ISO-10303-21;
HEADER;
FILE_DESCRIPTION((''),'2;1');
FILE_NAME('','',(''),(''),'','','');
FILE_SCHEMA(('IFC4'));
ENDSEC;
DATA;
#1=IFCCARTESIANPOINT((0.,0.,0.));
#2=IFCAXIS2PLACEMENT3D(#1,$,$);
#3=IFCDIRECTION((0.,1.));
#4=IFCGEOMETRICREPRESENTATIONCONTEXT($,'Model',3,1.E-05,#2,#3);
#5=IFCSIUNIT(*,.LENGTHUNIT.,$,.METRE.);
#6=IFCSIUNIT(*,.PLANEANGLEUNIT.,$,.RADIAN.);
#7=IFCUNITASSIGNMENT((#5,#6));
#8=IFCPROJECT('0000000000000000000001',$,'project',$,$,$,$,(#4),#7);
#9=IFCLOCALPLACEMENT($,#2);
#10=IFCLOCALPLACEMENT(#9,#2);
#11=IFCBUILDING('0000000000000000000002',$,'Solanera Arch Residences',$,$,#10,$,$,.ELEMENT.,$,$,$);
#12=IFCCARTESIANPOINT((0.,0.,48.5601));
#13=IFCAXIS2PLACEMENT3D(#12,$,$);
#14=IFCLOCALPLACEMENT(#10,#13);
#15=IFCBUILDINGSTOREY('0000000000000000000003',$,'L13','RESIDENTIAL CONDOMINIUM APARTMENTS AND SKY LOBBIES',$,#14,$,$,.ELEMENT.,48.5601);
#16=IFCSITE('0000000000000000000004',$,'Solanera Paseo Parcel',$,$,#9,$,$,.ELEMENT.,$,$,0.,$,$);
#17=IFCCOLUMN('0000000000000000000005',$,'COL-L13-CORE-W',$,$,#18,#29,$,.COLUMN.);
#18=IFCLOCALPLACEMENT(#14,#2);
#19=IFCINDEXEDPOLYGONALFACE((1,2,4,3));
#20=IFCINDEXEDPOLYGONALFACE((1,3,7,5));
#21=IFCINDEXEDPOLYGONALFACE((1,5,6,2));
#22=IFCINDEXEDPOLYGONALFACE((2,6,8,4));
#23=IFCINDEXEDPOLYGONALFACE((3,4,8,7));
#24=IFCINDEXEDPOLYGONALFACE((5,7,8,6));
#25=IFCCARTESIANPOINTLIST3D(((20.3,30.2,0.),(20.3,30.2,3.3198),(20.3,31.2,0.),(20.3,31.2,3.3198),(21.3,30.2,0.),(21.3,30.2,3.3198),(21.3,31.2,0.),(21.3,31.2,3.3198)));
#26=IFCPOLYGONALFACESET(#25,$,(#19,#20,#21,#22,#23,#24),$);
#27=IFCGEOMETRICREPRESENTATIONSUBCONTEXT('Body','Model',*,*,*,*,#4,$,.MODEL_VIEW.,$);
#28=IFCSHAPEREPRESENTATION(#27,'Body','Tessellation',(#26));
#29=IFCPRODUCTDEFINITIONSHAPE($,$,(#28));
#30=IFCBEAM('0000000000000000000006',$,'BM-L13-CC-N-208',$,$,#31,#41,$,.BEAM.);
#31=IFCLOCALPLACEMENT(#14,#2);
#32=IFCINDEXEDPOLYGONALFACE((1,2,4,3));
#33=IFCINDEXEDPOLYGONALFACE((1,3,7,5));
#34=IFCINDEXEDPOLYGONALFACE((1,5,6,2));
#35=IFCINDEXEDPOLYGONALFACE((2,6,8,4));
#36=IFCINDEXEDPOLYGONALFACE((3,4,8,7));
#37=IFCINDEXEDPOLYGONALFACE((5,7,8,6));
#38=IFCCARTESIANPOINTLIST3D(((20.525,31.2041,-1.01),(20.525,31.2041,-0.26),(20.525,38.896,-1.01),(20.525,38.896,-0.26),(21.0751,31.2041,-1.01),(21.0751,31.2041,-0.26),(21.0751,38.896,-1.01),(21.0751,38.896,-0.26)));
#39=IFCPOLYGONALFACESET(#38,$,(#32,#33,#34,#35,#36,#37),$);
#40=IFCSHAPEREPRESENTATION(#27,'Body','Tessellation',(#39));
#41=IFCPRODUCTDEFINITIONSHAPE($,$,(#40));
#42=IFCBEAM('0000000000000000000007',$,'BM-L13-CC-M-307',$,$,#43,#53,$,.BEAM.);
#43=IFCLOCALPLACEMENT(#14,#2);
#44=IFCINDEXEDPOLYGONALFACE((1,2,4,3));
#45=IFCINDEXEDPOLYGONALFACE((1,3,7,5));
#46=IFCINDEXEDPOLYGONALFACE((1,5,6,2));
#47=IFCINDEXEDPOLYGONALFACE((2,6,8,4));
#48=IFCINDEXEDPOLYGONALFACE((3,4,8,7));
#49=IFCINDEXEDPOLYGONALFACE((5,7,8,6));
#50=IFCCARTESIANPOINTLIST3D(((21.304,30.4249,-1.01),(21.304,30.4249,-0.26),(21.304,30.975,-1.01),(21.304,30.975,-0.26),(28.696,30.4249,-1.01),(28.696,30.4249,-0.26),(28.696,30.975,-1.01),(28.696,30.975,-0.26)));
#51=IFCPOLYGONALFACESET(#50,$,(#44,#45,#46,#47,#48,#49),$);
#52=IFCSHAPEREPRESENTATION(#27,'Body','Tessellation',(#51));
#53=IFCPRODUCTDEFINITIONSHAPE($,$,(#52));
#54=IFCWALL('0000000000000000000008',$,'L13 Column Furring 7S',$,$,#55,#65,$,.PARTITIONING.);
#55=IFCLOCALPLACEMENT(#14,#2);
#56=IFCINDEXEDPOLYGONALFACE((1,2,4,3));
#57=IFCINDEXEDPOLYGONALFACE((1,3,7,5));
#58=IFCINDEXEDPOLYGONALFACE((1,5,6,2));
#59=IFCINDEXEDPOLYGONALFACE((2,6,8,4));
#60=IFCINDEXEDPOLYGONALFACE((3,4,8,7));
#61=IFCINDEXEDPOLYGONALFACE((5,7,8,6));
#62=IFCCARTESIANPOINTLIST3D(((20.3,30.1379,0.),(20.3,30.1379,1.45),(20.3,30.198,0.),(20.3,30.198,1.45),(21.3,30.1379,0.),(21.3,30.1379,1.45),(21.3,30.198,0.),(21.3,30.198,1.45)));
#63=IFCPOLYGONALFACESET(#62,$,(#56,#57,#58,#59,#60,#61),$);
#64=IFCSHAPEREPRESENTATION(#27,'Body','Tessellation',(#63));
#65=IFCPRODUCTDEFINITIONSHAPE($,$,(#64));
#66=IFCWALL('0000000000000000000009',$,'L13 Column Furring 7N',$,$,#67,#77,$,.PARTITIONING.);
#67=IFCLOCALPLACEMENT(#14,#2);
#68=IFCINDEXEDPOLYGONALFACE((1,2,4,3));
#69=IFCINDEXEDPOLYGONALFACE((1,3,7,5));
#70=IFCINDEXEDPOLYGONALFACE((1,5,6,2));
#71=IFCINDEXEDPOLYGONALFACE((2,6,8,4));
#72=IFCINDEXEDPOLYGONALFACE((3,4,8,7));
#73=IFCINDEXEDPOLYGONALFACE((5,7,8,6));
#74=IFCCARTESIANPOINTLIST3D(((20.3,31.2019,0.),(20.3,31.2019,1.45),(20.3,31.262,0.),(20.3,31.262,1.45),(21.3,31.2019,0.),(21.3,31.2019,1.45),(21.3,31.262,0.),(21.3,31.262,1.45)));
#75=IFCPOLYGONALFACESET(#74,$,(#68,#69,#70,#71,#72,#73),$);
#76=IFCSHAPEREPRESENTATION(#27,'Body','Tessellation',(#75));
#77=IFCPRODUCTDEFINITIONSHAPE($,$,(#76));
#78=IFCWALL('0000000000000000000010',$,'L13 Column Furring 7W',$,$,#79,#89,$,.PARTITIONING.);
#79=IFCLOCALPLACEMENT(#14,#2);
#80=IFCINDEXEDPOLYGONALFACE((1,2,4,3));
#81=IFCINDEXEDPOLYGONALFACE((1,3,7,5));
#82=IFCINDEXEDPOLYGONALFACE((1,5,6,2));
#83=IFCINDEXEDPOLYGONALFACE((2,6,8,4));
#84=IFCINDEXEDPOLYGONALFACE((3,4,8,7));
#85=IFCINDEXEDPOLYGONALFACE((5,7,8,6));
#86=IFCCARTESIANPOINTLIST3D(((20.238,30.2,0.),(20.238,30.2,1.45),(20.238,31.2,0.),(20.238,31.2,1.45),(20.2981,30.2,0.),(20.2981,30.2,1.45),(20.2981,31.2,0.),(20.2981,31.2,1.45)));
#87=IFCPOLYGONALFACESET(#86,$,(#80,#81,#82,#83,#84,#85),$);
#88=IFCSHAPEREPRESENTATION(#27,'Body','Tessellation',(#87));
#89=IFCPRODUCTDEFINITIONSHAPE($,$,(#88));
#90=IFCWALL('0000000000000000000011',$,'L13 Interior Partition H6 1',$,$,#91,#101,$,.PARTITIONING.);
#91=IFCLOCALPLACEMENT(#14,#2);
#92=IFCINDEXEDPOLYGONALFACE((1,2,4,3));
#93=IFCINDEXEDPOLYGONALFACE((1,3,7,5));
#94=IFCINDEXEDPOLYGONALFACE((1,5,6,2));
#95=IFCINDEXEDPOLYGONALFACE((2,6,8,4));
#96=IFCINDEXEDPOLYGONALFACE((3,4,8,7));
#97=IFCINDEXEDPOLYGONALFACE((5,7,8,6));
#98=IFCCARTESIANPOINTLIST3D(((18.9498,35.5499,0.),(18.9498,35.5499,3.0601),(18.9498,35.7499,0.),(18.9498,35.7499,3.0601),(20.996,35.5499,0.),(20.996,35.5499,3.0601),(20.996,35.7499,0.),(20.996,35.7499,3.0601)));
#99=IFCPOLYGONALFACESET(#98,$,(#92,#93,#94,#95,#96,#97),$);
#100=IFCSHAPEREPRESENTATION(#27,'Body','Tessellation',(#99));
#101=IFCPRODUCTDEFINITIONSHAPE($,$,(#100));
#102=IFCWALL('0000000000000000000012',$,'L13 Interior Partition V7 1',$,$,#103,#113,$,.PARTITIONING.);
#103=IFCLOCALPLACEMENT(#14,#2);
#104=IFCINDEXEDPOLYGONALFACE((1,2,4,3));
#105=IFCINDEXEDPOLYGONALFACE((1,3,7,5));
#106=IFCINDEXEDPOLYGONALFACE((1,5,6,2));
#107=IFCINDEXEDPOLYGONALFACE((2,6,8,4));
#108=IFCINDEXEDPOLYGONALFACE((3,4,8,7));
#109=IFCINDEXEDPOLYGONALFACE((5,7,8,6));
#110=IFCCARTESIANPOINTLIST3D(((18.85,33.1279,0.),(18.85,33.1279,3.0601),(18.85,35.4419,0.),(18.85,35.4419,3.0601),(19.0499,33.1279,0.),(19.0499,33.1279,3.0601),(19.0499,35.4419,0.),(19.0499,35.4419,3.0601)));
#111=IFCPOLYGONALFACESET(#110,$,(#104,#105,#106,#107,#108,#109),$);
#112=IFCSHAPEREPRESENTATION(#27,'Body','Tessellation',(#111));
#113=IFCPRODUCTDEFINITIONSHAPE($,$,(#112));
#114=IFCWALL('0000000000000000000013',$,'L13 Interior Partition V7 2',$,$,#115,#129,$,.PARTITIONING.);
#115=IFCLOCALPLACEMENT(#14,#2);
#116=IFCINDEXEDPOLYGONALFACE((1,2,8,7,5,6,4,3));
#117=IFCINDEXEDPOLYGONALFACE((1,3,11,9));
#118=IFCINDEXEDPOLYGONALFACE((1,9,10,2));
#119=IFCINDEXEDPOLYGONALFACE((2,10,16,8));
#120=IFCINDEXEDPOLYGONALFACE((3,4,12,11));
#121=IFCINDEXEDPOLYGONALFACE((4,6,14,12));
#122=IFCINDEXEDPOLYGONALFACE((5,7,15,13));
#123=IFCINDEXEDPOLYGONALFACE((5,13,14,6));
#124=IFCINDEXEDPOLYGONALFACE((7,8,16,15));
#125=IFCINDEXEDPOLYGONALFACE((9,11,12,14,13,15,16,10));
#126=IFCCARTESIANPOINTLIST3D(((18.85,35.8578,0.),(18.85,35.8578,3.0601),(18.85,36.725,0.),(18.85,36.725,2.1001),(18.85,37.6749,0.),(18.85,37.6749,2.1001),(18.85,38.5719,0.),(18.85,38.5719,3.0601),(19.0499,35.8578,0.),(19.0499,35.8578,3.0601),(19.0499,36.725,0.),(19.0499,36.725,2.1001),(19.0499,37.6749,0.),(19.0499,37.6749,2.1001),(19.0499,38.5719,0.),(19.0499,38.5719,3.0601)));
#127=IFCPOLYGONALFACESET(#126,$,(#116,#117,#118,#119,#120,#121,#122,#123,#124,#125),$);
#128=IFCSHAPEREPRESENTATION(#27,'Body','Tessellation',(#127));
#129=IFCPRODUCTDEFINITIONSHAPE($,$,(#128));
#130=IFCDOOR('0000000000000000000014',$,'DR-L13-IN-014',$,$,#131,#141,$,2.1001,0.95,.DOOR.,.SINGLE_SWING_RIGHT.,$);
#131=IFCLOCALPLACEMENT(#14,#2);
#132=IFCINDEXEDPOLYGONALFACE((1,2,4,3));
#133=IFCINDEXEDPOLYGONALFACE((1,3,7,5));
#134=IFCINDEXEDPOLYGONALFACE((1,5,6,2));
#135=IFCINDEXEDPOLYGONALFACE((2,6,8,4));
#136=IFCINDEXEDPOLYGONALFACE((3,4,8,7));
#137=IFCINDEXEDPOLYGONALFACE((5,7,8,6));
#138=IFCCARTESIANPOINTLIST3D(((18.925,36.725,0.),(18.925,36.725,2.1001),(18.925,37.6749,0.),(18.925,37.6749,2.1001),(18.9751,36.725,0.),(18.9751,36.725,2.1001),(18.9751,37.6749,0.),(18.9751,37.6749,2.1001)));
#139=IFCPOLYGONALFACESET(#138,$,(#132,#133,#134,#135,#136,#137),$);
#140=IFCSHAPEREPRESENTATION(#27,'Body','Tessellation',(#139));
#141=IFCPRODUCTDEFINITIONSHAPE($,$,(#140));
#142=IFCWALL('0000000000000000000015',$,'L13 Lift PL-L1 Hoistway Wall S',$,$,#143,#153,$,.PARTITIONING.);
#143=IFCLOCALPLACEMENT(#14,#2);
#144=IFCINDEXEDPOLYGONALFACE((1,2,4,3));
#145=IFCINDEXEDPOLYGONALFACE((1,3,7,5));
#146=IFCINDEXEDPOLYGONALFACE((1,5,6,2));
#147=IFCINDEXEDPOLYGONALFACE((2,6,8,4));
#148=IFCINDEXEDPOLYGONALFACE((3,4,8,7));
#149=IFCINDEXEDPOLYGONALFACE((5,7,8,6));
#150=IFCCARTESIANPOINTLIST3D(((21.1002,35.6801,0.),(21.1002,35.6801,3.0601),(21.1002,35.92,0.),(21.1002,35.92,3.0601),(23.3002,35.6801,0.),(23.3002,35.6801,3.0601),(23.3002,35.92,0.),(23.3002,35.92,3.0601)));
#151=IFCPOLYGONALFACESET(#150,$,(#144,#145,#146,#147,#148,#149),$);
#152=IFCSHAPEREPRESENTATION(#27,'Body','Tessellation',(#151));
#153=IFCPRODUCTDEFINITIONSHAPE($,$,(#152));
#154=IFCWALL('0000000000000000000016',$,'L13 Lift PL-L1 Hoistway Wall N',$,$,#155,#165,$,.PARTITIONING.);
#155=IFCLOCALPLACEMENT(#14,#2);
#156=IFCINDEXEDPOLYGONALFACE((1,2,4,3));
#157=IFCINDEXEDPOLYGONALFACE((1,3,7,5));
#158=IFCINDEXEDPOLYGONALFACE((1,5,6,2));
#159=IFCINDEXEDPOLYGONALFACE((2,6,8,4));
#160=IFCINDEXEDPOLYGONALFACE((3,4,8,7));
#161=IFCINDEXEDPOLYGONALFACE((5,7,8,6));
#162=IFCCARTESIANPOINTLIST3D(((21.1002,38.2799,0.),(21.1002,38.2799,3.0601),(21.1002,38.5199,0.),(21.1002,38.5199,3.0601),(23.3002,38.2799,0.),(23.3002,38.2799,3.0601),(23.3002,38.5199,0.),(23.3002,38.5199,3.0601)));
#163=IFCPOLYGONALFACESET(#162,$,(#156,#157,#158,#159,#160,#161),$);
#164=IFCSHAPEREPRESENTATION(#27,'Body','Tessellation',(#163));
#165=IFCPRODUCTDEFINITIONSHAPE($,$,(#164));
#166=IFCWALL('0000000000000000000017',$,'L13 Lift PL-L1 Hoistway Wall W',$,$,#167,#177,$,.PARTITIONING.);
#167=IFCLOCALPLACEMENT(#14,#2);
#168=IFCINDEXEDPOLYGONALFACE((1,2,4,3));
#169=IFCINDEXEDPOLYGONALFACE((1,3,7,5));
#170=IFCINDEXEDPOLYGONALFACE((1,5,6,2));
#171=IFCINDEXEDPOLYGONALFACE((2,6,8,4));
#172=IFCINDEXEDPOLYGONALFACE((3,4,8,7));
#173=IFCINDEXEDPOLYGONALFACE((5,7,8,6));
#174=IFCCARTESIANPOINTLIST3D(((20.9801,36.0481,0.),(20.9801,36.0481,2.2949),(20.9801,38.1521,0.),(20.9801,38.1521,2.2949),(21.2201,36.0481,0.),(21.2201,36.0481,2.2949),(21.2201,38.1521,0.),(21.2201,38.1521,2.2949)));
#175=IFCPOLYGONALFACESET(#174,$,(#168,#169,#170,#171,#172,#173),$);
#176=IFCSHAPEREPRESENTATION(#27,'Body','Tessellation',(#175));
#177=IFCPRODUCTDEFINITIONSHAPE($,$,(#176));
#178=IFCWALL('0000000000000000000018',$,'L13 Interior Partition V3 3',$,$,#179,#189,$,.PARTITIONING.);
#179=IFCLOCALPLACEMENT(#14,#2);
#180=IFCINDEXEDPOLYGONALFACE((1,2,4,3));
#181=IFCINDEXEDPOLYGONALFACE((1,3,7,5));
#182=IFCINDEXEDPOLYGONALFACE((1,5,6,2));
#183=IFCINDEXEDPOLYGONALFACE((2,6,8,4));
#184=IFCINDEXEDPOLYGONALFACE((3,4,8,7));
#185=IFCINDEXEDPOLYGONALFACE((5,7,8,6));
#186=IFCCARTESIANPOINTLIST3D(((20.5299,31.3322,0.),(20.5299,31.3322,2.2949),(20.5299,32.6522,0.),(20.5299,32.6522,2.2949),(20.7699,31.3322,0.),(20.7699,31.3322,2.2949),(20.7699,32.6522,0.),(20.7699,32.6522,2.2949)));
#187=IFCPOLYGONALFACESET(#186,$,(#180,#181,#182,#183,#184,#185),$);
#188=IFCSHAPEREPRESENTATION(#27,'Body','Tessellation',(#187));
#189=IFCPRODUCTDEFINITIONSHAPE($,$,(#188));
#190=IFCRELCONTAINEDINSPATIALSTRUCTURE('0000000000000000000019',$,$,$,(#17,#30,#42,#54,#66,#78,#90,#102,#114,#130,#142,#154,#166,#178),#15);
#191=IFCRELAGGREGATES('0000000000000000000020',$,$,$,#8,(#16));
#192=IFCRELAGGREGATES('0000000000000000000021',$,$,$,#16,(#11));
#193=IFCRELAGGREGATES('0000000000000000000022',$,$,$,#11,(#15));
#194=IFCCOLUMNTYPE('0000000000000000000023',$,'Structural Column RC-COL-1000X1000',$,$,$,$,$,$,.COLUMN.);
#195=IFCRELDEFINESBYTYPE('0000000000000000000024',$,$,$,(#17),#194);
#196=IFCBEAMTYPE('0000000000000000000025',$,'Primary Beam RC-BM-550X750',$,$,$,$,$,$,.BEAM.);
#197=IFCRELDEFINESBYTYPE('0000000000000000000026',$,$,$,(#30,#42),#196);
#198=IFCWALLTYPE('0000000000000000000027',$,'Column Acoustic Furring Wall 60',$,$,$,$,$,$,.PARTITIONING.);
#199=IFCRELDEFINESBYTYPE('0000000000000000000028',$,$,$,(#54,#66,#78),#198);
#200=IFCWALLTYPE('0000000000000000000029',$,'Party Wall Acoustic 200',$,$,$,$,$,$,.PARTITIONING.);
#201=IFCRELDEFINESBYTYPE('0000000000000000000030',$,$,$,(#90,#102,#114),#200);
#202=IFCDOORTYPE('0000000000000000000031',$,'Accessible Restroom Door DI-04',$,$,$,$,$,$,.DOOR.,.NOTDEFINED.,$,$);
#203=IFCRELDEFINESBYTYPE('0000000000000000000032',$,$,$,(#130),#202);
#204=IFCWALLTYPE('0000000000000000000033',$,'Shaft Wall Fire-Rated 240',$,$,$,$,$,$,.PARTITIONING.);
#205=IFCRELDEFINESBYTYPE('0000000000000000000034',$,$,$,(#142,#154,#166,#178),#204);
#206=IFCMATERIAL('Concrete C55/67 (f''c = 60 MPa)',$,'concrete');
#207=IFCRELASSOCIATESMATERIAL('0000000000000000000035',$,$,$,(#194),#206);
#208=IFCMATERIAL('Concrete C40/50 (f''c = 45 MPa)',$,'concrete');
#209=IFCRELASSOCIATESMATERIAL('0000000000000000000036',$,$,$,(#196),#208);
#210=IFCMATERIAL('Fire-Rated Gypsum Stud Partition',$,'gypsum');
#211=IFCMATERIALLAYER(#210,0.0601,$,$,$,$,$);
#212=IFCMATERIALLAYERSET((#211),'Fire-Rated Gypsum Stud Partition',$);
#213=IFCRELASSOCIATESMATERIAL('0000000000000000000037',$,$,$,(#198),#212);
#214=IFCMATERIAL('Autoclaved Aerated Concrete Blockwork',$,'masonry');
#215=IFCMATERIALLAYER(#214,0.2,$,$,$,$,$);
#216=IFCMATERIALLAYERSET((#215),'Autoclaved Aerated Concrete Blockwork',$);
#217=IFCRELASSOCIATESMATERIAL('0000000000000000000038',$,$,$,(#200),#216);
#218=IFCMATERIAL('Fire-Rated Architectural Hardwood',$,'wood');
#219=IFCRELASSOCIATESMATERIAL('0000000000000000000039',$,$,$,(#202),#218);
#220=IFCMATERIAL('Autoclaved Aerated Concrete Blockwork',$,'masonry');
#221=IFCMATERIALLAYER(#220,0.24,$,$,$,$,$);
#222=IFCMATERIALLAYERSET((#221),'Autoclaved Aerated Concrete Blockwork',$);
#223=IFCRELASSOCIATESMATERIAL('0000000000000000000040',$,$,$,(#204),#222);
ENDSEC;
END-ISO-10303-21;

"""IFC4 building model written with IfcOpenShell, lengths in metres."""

from ifc_helpers import new_model, si_unit, direction, frame, frame_2d, origin, origin_2d, place, context, subcontext, project, spatial, rectangle, extrude, material, layer, layer_set, material_profile, profile_set, type_object, element, fill, save


model = new_model("IFC4")

# Units and contexts
model_context = context("Model", 3, precision=1e-05, world=origin(), true_north=direction((0.0, 1.0)))
body_context = subcontext(model_context, "Body", "Model", "MODEL_VIEW")
ifc_project = project(units=[si_unit("LENGTHUNIT", "METRE"), si_unit("PLANEANGLEUNIT", "RADIAN")], contexts=[model_context])

# Site, building, storey
site_placement = place(None, origin())
site = spatial("IfcSite", under=ifc_project, at=site_placement, Name="Solanera Paseo Parcel", CompositionType="ELEMENT", RefElevation=0.0)
building_placement = place(site_placement, origin())
building = spatial("IfcBuilding", under=site, at=building_placement, Name="Solanera Arch Residences", CompositionType="ELEMENT")
storey_placement = place(building_placement, frame((0.0, 0.0, 48.5601)))
storey = spatial("IfcBuildingStorey", under=building, at=storey_placement, Name="L13", Description="RESIDENTIAL CONDOMINIUM APARTMENTS AND SKY LOBBIES", CompositionType="ELEMENT", Elevation=48.5601)

# Column
ifc_material_1 = material(Name="Concrete C55/67 (f'c = 60 MPa)", Category="concrete")
ifc_material_profile_1 = material_profile(ifc_material_1, rectangle(XDim=1.0, YDim=1.0, at=origin_2d()))
ifc_profile_set_1 = profile_set([ifc_material_profile_1], Name="Concrete C55/67 (f'c = 60 MPa)")
column_type = type_object("IfcColumnType", Name="Structural Column RC-COL-1000X1000", PredefinedType="COLUMN", material=ifc_profile_set_1)
column_placement = place(storey_placement, frame((20.8, 30.7, 0.0), z_axis=(0.0, 0.0, 1.0), x_axis=(1.0, 0.0, 0.0)))
element("IfcColumn", 1, at=column_placement, inside=storey, type_object=column_type, Name="COL-L13-CORE-W", PredefinedType="COLUMN", context=body_context, shape_type="SweptSolid", body=[
    extrude(rectangle(XDim=1.0, YDim=1.0, at=origin_2d()), origin(), (0.0, 0.0, 1.0), 3.3198),
])

# Beams
ifc_material_2 = material(Name="Concrete C40/50 (f'c = 45 MPa)", Category="concrete")
ifc_material_profile_2 = material_profile(ifc_material_2, rectangle(XDim=0.55, YDim=0.75, at=origin_2d()))
ifc_profile_set_2 = profile_set([ifc_material_profile_2], Name="Concrete C40/50 (f'c = 45 MPa)")
beam_type = type_object("IfcBeamType", Name="Primary Beam RC-BM-550X750", PredefinedType="BEAM", material=ifc_profile_set_2)
beam_1_placement = place(storey_placement, frame((20.8, 31.2041, -0.635), z_axis=(0.0, 1.0, 0.0), x_axis=(-1.0, 0.0, 0.0)))
element("IfcBeam", 2, at=beam_1_placement, inside=storey, type_object=beam_type, Name="BM-L13-CC-N-208", PredefinedType="BEAM", context=body_context, shape_type="SweptSolid", body=[
    extrude(rectangle(XDim=0.55, YDim=0.75, at=origin_2d()), origin(), (0.0, 0.0, 1.0), 7.6919),
])
beam_2_placement = place(storey_placement, frame((21.304, 30.7, -0.635), z_axis=(1.0, 0.0, 0.0), x_axis=(0.0, 1.0, 0.0)))
element("IfcBeam", 3, at=beam_2_placement, inside=storey, type_object=beam_type, Name="BM-L13-CC-M-307", PredefinedType="BEAM", context=body_context, shape_type="SweptSolid", body=[
    extrude(rectangle(XDim=0.55, YDim=0.75, at=origin_2d()), origin(), (0.0, 0.0, 1.0), 7.3921),
])

# Walls
ifc_material_3 = material(Name="Fire-Rated Gypsum Stud Partition", Category="gypsum")
ifc_layer_1 = layer(ifc_material_3, 0.0601)
ifc_layer_set_1 = layer_set([ifc_layer_1], Name="Fire-Rated Gypsum Stud Partition")
wall_type_1 = type_object("IfcWallType", Name="Column Acoustic Furring Wall 60", PredefinedType="PARTITIONING", material=ifc_layer_set_1)
for number, where, z_axis, x_axis, name in (
    (4, (20.3, 30.168, 0.0), (0.0, 0.0, 1.0), (1.0, 0.0, 0.0), "L13 Column Furring 7S"),
    (5, (20.3, 31.2319, 0.0), (0.0, 0.0, 1.0), (1.0, 0.0, 0.0), "L13 Column Furring 7N"),
    (6, (20.2681, 30.2, 0.0), (0.0, 0.0, 1.0), (0.0, 1.0, 0.0), "L13 Column Furring 7W"),
):
    element("IfcWall", number, at=place(storey_placement, frame(where, z_axis=z_axis, x_axis=x_axis)), inside=storey, type_object=wall_type_1, Name=name, PredefinedType="PARTITIONING", context=body_context, shape_type="SweptSolid", body=[
        extrude(rectangle(XDim=1.0, YDim=0.0601, at=frame_2d((0.5, 0.0))), origin(), (0.0, 0.0, 1.0), 1.45),
    ])

# Walls
ifc_material_4 = material(Name="Autoclaved Aerated Concrete Blockwork", Category="masonry")
ifc_layer_2 = layer(ifc_material_4, 0.2)
ifc_layer_set_2 = layer_set([ifc_layer_2], Name="Autoclaved Aerated Concrete Blockwork")
wall_type_2 = type_object("IfcWallType", Name="Party Wall Acoustic 200", PredefinedType="PARTITIONING", material=ifc_layer_set_2)
wall_1_placement = place(storey_placement, frame((18.95, 35.6499, 0.0), z_axis=(0.0, 0.0, 1.0), x_axis=(1.0, 0.0, 0.0)))
element("IfcWall", 7, at=wall_1_placement, inside=storey, type_object=wall_type_2, Name="L13 Interior Partition H6 1", PredefinedType="PARTITIONING", context=body_context, shape_type="SweptSolid", body=[
    extrude(rectangle(XDim=2.0461, YDim=0.2, at=frame_2d((1.0229, 0.0))), origin(), (0.0, 0.0, 1.0), 3.0601),
])
wall_2_placement = place(storey_placement, frame((18.95, 33.1279, 0.0), z_axis=(0.0, 0.0, 1.0), x_axis=(0.0, 1.0, 0.0)))
element("IfcWall", 8, at=wall_2_placement, inside=storey, type_object=wall_type_2, Name="L13 Interior Partition V7 1", PredefinedType="PARTITIONING", context=body_context, shape_type="SweptSolid", body=[
    extrude(rectangle(XDim=2.314, YDim=0.2, at=frame_2d((1.157, 0.0))), origin(), (0.0, 0.0, 1.0), 3.0601),
])

# Wall, opening, door
wall_3_placement = place(storey_placement, frame((18.95, 35.8579, 0.0), z_axis=(0.0, 0.0, 1.0), x_axis=(0.0, 1.0, 0.0)))
wall_3 = element("IfcWall", 9, at=wall_3_placement, inside=storey, type_object=wall_type_2, Name="L13 Interior Partition V7 2", PredefinedType="PARTITIONING", context=body_context, shape_type="SweptSolid", body=[
    extrude(rectangle(XDim=2.7141, YDim=0.2, at=frame_2d((1.3569, 0.0))), origin(), (0.0, 0.0, 1.0), 3.0601),
])
opening_1_placement = place(wall_3_placement, frame((0.8669, 0.0, 0.0)))
opening_1 = element("IfcOpeningElement", 10, at=opening_1_placement, cuts=wall_3, PredefinedType="OPENING", context=body_context, shape_type="SweptSolid", body=[
    extrude(rectangle(XDim=0.95, YDim=2.1001, at=frame_2d((0.4751, 1.05))), frame((0.0, 0.1101, 0.0), z_axis=(0.0, -1.0, 0.0), x_axis=(1.0, 0.0, 0.0)), (0.0, 0.0, 1.0), 0.22),
])
ifc_material_5 = material(Name="Fire-Rated Architectural Hardwood", Category="wood")
door_type_1 = type_object("IfcDoorType", Name="Accessible Restroom Door DI-04", OperationType="NOTDEFINED", PredefinedType="DOOR", material=ifc_material_5)
door_1_placement = place(opening_1_placement, origin())
door_1 = element("IfcDoor", 11, at=door_1_placement, inside=storey, type_object=door_type_1, Name="DR-L13-IN-014", OperationType="SINGLE_SWING_RIGHT", OverallHeight=2.1001, OverallWidth=0.95, PredefinedType="DOOR", context=body_context, shape_type="SweptSolid", body=[
    extrude(rectangle(XDim=0.95, YDim=2.1001, at=frame_2d((0.4751, 1.05))), frame((0.0, 0.0249, 0.0), z_axis=(0.0, -1.0, 0.0), x_axis=(1.0, 0.0, 0.0)), (0.0, 0.0, 1.0), 0.05),
])
fill(opening_1, door_1)

# Walls
ifc_material_6 = material(Name="Autoclaved Aerated Concrete Blockwork", Category="masonry")
ifc_layer_3 = layer(ifc_material_6, 0.24)
ifc_layer_set_3 = layer_set([ifc_layer_3], Name="Autoclaved Aerated Concrete Blockwork")
wall_type_3 = type_object("IfcWallType", Name="Shaft Wall Fire-Rated 240", PredefinedType="PARTITIONING", material=ifc_layer_set_3)
for number, where, z_axis, x_axis, name in (
    (12, (21.1001, 35.8, 0.0), (0.0, 0.0, 1.0), (1.0, 0.0, 0.0), "L13 Lift PL-L1 Hoistway Wall S"),
    (13, (21.1001, 38.3999, 0.0), (0.0, 0.0, 1.0), (1.0, 0.0, 0.0), "L13 Lift PL-L1 Hoistway Wall N"),
):
    element("IfcWall", number, at=place(storey_placement, frame(where, z_axis=z_axis, x_axis=x_axis)), inside=storey, type_object=wall_type_3, Name=name, PredefinedType="PARTITIONING", context=body_context, shape_type="SweptSolid", body=[
        extrude(rectangle(XDim=2.2, YDim=0.24, at=frame_2d((1.1001, 0.0))), origin(), (0.0, 0.0, 1.0), 3.0601),
    ])
wall_4_placement = place(storey_placement, frame((21.1001, 36.0481, 0.0), z_axis=(0.0, 0.0, 1.0), x_axis=(0.0, 1.0, 0.0)))
element("IfcWall", 14, at=wall_4_placement, inside=storey, type_object=wall_type_3, Name="L13 Lift PL-L1 Hoistway Wall W", PredefinedType="PARTITIONING", context=body_context, shape_type="SweptSolid", body=[
    extrude(rectangle(XDim=2.104, YDim=0.24, at=frame_2d((1.052, 0.0))), origin(), (0.0, 0.0, 1.0), 2.2949),
])

# Wall
wall_5_placement = place(storey_placement, frame((20.6499, 31.332, 0.0), z_axis=(0.0, 0.0, 1.0), x_axis=(0.0, 1.0, 0.0)))
element("IfcWall", 15, at=wall_5_placement, inside=storey, type_object=wall_type_3, Name="L13 Interior Partition V3 3", PredefinedType="PARTITIONING", context=body_context, shape_type="SweptSolid", body=[
    extrude(rectangle(XDim=1.3201, YDim=0.24, at=frame_2d((0.6602, 0.0))), origin(), (0.0, 0.0, 1.0), 2.2949),
])

save(model, "model.ifc")
